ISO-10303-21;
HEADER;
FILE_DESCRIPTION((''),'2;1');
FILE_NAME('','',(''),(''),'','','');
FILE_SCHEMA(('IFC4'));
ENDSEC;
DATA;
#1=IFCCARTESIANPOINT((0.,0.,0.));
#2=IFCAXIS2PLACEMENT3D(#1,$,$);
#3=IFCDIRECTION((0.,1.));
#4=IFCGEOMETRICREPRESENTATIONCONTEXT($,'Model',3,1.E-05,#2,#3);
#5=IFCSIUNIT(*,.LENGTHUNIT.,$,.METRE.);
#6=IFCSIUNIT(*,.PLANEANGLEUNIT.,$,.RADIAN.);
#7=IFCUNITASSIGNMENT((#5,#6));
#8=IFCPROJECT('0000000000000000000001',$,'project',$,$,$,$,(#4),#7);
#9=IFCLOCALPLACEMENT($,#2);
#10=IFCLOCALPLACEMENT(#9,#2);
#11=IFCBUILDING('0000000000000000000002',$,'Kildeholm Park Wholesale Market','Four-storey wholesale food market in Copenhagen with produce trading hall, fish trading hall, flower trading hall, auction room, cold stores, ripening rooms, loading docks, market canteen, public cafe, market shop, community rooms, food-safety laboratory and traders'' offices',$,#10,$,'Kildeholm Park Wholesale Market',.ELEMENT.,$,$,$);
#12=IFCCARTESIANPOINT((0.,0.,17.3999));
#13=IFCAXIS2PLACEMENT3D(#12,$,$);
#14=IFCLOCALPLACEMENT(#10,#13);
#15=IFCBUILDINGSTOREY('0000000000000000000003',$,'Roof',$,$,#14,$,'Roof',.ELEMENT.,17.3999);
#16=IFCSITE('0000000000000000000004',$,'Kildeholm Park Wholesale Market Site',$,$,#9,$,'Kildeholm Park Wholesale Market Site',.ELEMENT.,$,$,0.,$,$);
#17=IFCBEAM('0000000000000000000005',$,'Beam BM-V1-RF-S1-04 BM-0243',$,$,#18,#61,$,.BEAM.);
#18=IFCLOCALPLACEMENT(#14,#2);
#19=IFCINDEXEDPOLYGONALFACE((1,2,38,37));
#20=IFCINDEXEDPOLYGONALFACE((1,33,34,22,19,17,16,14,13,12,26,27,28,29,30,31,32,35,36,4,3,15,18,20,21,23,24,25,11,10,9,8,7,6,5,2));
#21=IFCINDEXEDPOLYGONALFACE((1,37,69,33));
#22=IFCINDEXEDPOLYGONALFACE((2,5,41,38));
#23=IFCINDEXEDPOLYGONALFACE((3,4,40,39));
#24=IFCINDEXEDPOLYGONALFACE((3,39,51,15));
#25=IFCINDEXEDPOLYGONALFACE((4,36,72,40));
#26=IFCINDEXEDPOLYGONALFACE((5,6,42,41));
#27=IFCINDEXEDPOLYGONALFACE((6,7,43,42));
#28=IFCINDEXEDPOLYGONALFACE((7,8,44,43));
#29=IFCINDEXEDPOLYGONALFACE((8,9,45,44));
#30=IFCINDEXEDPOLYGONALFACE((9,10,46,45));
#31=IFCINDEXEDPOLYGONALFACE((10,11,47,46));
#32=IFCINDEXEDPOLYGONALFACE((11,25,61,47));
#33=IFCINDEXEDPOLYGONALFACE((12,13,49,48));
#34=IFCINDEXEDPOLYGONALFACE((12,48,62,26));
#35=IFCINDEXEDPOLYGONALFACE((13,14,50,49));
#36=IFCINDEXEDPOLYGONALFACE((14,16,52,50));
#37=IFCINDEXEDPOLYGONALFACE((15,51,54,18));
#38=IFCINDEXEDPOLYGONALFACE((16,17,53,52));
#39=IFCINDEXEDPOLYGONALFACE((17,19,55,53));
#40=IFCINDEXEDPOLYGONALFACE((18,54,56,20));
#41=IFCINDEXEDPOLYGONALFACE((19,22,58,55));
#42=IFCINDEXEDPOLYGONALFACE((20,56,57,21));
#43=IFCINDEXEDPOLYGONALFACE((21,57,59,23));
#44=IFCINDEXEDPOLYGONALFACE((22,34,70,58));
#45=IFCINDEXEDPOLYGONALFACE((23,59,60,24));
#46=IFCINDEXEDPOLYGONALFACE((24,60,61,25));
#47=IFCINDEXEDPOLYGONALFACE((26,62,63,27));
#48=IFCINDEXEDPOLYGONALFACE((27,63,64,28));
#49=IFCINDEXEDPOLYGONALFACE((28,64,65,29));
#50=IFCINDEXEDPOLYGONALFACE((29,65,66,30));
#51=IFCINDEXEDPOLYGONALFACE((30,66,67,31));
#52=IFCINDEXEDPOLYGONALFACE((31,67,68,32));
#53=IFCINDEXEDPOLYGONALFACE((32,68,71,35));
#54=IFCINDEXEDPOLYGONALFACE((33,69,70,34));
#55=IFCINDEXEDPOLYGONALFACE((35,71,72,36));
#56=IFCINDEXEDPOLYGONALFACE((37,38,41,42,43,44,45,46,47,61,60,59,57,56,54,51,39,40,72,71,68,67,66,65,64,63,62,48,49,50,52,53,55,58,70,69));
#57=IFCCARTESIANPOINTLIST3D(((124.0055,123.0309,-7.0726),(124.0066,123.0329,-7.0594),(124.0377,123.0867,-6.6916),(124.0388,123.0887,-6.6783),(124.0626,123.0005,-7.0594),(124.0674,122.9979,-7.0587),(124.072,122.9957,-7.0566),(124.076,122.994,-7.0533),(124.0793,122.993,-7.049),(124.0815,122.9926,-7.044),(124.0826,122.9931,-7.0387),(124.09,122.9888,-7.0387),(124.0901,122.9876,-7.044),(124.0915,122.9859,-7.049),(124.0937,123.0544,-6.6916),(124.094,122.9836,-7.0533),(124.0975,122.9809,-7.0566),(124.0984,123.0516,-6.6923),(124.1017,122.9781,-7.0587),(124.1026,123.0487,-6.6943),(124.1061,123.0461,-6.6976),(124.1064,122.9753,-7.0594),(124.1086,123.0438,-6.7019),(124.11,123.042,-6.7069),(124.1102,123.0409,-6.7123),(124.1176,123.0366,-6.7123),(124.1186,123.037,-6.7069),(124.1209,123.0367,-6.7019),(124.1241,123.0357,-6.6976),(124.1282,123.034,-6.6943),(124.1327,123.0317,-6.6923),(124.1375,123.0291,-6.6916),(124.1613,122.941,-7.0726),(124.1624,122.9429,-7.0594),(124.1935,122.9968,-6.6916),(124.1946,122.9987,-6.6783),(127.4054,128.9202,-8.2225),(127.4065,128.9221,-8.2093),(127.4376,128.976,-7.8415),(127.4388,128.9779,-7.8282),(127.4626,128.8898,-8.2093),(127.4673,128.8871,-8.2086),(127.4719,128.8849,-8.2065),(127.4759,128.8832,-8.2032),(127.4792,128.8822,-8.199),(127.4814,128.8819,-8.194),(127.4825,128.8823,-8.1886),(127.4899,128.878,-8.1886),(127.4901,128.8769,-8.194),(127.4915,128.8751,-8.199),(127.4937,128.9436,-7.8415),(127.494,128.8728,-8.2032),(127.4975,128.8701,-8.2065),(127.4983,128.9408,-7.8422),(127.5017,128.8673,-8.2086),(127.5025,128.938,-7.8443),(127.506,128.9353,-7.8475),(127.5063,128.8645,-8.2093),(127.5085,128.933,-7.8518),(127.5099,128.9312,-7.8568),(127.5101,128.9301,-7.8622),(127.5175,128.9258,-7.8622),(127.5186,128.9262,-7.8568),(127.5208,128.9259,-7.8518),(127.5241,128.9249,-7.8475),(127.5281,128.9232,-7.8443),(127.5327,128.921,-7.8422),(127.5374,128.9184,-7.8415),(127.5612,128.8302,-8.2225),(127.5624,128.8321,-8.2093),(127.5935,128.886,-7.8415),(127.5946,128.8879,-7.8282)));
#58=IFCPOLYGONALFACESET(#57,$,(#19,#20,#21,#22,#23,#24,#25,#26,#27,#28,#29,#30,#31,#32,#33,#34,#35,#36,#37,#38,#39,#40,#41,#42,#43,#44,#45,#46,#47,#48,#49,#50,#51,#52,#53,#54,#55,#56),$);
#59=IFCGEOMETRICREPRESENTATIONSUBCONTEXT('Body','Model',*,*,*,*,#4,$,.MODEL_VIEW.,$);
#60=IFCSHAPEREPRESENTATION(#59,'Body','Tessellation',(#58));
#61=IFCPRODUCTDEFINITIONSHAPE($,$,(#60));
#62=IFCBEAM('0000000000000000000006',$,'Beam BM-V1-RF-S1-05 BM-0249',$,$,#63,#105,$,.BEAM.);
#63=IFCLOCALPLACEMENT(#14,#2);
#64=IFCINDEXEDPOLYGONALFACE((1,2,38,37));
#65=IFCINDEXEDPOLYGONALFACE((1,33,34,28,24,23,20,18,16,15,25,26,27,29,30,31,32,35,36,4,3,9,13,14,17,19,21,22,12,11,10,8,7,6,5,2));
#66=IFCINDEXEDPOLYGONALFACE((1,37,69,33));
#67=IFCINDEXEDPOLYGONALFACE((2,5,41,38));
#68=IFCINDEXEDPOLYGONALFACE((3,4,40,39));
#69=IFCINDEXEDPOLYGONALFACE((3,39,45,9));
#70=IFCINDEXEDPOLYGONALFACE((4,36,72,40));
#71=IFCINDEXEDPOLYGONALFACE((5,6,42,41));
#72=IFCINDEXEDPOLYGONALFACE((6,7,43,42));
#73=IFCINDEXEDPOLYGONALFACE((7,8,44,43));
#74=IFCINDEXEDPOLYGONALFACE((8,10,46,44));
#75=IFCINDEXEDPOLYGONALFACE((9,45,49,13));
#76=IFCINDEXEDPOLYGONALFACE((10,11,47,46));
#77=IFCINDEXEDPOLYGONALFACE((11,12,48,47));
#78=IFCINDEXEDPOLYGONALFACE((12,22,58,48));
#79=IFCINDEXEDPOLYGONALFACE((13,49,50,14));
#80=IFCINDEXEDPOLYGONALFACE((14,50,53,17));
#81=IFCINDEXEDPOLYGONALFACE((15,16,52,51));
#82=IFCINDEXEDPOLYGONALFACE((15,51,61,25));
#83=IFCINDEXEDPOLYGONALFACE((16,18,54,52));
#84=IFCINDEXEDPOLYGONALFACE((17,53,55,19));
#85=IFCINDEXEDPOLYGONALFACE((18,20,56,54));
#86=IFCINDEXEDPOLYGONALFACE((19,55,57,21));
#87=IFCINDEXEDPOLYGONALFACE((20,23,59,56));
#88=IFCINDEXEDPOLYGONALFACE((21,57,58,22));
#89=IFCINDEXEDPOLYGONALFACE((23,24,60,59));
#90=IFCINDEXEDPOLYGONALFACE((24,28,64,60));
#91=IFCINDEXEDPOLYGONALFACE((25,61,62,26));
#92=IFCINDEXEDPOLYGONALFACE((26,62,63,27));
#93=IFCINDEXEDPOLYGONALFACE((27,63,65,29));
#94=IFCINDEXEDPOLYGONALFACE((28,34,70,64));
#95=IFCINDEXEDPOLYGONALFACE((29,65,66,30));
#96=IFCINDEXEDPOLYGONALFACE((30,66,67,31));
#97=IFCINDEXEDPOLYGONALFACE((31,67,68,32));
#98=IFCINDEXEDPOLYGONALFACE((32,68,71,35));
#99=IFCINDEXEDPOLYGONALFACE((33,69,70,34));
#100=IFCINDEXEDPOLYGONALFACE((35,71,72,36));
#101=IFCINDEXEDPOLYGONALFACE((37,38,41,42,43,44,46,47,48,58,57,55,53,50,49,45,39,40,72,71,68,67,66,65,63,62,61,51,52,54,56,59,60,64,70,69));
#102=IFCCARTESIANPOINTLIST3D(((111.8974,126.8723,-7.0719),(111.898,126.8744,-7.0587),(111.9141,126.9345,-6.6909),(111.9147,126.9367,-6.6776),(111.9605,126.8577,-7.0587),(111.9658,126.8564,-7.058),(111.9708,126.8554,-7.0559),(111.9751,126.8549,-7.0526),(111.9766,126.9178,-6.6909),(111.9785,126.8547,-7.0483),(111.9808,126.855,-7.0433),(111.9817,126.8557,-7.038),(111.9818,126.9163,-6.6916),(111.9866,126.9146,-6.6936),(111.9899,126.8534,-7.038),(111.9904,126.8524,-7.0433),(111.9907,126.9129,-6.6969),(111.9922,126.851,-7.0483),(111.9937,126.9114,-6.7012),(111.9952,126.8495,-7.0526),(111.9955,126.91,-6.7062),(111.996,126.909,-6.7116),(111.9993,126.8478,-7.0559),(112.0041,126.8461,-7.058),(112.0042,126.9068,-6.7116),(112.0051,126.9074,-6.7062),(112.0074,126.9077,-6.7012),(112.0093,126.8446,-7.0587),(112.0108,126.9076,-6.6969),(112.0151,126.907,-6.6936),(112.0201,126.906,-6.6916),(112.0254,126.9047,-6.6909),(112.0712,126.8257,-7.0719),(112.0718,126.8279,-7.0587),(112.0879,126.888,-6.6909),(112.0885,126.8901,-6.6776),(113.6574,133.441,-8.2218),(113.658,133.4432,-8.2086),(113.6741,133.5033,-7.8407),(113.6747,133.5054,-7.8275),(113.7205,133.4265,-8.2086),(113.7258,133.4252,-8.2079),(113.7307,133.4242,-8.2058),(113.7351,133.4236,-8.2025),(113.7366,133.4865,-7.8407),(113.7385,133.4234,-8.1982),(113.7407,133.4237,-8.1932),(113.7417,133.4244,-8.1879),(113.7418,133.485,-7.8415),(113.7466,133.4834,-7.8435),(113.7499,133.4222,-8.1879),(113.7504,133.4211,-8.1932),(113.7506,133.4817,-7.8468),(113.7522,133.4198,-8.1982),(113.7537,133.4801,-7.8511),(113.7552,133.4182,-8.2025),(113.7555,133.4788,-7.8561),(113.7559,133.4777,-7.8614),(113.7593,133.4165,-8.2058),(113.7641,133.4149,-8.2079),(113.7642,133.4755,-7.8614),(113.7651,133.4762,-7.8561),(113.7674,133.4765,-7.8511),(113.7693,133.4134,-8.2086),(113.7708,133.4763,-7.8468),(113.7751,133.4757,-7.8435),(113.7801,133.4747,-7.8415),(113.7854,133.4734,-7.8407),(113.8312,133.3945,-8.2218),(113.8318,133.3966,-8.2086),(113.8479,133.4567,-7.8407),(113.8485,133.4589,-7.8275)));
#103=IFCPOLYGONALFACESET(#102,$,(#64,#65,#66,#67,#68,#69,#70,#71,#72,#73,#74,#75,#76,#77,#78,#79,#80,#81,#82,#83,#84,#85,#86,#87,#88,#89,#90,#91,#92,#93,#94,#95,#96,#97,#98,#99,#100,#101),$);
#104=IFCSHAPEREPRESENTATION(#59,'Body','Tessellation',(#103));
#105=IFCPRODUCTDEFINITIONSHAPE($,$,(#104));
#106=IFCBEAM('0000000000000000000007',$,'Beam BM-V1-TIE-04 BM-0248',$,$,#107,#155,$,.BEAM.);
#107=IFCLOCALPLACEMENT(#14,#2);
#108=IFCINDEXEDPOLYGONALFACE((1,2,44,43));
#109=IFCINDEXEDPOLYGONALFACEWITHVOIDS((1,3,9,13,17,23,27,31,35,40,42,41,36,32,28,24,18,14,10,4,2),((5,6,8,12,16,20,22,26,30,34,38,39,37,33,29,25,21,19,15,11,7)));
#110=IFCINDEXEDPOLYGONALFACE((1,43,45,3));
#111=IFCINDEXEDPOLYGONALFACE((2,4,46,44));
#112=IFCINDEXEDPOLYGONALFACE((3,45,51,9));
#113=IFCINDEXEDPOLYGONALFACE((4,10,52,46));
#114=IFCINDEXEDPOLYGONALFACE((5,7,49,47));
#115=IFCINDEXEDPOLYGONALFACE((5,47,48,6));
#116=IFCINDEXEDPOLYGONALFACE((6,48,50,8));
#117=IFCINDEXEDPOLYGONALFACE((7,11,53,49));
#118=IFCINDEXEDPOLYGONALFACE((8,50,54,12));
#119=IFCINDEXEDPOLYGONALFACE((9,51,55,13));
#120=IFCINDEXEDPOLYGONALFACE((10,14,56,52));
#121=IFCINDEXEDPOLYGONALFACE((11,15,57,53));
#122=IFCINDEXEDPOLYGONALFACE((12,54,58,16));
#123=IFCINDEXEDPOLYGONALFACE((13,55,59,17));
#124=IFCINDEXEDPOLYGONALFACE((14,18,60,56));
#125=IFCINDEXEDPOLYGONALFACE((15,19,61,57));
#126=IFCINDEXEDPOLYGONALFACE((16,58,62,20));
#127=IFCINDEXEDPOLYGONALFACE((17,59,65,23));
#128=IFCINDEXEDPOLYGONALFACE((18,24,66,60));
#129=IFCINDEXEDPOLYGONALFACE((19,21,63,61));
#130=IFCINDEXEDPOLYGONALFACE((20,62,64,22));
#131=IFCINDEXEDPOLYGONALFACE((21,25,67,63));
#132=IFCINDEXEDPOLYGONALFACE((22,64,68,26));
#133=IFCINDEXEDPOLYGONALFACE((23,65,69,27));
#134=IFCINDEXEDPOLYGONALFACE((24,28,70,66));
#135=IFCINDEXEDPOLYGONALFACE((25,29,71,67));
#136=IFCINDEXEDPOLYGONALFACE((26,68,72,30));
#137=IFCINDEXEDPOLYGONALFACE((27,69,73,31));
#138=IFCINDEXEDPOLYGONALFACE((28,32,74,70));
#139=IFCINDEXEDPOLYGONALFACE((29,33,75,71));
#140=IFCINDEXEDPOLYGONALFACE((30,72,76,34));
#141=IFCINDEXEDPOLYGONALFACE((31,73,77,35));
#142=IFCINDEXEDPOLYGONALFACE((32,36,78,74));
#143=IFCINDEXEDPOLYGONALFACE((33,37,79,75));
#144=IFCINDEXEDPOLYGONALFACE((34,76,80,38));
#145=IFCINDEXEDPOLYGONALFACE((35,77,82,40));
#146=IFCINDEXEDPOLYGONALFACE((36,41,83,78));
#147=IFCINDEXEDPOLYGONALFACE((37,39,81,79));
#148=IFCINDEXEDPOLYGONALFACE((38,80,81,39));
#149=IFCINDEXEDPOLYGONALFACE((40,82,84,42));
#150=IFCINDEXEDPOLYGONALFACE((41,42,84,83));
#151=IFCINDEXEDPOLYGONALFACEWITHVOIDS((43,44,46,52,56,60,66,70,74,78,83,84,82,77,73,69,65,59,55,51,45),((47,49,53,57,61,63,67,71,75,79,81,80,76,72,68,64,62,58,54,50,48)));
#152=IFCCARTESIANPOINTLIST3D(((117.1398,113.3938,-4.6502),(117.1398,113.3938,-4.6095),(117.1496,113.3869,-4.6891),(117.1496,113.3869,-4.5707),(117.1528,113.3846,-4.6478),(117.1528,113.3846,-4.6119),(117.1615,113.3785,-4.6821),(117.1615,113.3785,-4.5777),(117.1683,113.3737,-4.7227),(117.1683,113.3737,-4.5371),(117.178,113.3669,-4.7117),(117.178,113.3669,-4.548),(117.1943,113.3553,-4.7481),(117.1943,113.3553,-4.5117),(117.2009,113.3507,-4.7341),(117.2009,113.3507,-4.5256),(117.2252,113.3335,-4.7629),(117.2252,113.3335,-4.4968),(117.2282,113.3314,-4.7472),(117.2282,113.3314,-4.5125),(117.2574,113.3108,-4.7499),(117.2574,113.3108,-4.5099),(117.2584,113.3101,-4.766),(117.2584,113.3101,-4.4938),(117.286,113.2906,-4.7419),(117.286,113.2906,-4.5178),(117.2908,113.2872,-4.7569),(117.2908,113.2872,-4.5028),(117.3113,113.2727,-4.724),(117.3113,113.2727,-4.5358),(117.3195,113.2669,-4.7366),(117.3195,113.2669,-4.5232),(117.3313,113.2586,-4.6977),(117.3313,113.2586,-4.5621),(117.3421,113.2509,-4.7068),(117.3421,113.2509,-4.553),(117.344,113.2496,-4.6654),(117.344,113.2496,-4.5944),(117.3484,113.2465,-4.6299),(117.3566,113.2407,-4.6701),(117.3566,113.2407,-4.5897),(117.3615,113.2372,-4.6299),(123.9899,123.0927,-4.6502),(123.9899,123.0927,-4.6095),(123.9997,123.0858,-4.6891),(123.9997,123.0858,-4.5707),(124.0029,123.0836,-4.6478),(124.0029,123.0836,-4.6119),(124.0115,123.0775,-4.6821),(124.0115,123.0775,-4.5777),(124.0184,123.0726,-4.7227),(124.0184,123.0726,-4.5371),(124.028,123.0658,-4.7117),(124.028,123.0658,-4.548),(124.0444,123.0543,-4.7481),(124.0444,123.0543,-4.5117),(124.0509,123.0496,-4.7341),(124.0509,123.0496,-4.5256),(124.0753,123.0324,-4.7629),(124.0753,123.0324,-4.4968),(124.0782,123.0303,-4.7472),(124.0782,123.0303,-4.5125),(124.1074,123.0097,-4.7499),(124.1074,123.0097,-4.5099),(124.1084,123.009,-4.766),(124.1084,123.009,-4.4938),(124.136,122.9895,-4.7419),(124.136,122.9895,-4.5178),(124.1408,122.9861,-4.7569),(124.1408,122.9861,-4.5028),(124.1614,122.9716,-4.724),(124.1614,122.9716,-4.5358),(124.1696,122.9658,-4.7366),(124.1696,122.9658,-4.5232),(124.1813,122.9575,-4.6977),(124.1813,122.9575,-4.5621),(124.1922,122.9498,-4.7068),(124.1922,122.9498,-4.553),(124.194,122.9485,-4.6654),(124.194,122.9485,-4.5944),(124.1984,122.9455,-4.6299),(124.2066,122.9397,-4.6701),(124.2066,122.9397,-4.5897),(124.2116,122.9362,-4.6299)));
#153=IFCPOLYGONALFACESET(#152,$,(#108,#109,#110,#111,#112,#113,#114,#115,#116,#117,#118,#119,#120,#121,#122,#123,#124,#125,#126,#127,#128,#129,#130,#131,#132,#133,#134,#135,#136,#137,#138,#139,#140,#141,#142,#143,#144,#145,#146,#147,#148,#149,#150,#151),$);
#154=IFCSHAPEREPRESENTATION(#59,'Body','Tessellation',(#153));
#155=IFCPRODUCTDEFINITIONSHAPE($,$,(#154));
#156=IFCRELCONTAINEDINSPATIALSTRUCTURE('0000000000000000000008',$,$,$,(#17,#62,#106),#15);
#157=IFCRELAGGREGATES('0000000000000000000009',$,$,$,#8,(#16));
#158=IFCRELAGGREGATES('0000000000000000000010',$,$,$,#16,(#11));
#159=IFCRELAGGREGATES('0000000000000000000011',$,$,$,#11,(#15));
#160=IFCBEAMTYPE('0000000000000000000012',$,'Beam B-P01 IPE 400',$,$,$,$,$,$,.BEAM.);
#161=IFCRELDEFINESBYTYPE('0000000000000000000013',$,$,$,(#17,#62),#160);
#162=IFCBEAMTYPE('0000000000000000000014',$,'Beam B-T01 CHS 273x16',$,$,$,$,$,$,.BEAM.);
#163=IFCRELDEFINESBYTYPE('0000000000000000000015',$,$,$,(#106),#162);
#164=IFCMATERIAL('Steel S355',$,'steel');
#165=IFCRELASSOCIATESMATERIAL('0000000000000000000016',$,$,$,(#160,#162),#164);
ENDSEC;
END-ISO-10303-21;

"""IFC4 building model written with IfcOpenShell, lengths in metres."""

from ifc_helpers import new_model, si_unit, direction, frame, origin, origin_2d, place, context, subcontext, project, spatial, hollow_circle, i_section, extrude, material, material_profile, profile_set, type_object, element, save


model = new_model("IFC4")

# Units and contexts
model_context = context("Model", 3, precision=1e-05, world=origin(), true_north=direction((0.0, 1.0)))
body_context = subcontext(model_context, "Body", "Model", "MODEL_VIEW")
ifc_project = project(units=[si_unit("LENGTHUNIT", "METRE"), si_unit("PLANEANGLEUNIT", "RADIAN")], contexts=[model_context])

# Site, building, storey
site_placement = place(None, origin())
site = spatial("IfcSite", under=ifc_project, at=site_placement, Name="Kildeholm Park Wholesale Market Site", LongName="Kildeholm Park Wholesale Market Site", CompositionType="ELEMENT", RefElevation=0.0)
building_placement = place(site_placement, origin())
building = spatial("IfcBuilding", under=site, at=building_placement, Name="Kildeholm Park Wholesale Market", Description="Four-storey wholesale food market in Copenhagen with produce trading hall, fish trading hall, flower trading hall, auction room, cold stores, ripening rooms, loading docks, market canteen, public cafe, market shop, community rooms, food-safety laboratory and traders' offices", LongName="Kildeholm Park Wholesale Market", CompositionType="ELEMENT")
storey_placement = place(building_placement, frame((0.0, 0.0, 17.3999)))
storey = spatial("IfcBuildingStorey", under=building, at=storey_placement, Name="Roof", LongName="Roof", CompositionType="ELEMENT", Elevation=17.3999)

# Beams
ifc_material_1 = material(Name="Steel S355", Category="steel")
ifc_material_profile_1 = material_profile(ifc_material_1, i_section(OverallWidth=0.1799, OverallDepth=0.3999, WebThickness=0.0085, FlangeThickness=0.0134, FilletRadius=0.021, at=origin_2d()), Name="IPE 400")
ifc_profile_set_1 = profile_set([ifc_material_profile_1], Name="Steel S355")
beam_type_1 = type_object("IfcBeamType", Name="Beam B-P01 IPE 400", PredefinedType="BEAM", material=ifc_profile_set_1)
beam_1_placement = place(storey_placement, frame((127.5, 128.9041, -8.0254), z_axis=(-0.492979, -0.853916, 0.166733), x_axis=(0.866039, -0.499977, 0.0)))
element("IfcBeam", 1, at=beam_1_placement, inside=storey, type_object=beam_type_1, Name="Beam BM-V1-RF-S1-04 BM-0243", PredefinedType="BEAM", context=body_context, shape_type="SweptSolid", body=[
    extrude(i_section(OverallWidth=0.1799, OverallDepth=0.3999, WebThickness=0.0085, FlangeThickness=0.0134, FilletRadius=0.021, at=origin_2d()), origin(), (0.0, 0.0, 1.0), 6.8967),
])
beam_2_placement = place(storey_placement, frame((113.7529, 133.45, -8.0247), z_axis=(-0.255182, -0.95241, 0.166723), x_axis=(0.96593, -0.258804, 0.0)))
element("IfcBeam", 2, at=beam_2_placement, inside=storey, type_object=beam_type_1, Name="Beam BM-V1-RF-S1-05 BM-0249", PredefinedType="BEAM", context=body_context, shape_type="SweptSolid", body=[
    extrude(i_section(OverallWidth=0.1799, OverallDepth=0.3999, WebThickness=0.0085, FlangeThickness=0.0134, FilletRadius=0.021, at=origin_2d()), origin(), (0.0, 0.0, 1.0), 6.897),
])
ifc_material_profile_2 = material_profile(ifc_material_1, hollow_circle(Radius=0.1365, WallThickness=0.0161, at=origin_2d()), Name="CHS 273x16")
ifc_profile_set_2 = profile_set([ifc_material_profile_2], Name="Steel S355")
beam_type_2 = type_object("IfcBeamType", Name="Beam B-T01 CHS 273x16", PredefinedType="BEAM", material=ifc_profile_set_2)
beam_3_placement = place(storey_placement, frame((124.1001, 123.0149, -4.6299), z_axis=(-0.576895, -0.816819, 0.0), x_axis=(0.816819, -0.576895, 0.0)))
element("IfcBeam", 3, at=beam_3_placement, inside=storey, type_object=beam_type_2, Name="Beam BM-V1-TIE-04 BM-0248", PredefinedType="BEAM", context=body_context, shape_type="SweptSolid", body=[
    extrude(hollow_circle(Radius=0.1365, WallThickness=0.0161, at=origin_2d()), origin(), (0.0, 0.0, 1.0), 11.874),
])

save(model, "model.ifc")
